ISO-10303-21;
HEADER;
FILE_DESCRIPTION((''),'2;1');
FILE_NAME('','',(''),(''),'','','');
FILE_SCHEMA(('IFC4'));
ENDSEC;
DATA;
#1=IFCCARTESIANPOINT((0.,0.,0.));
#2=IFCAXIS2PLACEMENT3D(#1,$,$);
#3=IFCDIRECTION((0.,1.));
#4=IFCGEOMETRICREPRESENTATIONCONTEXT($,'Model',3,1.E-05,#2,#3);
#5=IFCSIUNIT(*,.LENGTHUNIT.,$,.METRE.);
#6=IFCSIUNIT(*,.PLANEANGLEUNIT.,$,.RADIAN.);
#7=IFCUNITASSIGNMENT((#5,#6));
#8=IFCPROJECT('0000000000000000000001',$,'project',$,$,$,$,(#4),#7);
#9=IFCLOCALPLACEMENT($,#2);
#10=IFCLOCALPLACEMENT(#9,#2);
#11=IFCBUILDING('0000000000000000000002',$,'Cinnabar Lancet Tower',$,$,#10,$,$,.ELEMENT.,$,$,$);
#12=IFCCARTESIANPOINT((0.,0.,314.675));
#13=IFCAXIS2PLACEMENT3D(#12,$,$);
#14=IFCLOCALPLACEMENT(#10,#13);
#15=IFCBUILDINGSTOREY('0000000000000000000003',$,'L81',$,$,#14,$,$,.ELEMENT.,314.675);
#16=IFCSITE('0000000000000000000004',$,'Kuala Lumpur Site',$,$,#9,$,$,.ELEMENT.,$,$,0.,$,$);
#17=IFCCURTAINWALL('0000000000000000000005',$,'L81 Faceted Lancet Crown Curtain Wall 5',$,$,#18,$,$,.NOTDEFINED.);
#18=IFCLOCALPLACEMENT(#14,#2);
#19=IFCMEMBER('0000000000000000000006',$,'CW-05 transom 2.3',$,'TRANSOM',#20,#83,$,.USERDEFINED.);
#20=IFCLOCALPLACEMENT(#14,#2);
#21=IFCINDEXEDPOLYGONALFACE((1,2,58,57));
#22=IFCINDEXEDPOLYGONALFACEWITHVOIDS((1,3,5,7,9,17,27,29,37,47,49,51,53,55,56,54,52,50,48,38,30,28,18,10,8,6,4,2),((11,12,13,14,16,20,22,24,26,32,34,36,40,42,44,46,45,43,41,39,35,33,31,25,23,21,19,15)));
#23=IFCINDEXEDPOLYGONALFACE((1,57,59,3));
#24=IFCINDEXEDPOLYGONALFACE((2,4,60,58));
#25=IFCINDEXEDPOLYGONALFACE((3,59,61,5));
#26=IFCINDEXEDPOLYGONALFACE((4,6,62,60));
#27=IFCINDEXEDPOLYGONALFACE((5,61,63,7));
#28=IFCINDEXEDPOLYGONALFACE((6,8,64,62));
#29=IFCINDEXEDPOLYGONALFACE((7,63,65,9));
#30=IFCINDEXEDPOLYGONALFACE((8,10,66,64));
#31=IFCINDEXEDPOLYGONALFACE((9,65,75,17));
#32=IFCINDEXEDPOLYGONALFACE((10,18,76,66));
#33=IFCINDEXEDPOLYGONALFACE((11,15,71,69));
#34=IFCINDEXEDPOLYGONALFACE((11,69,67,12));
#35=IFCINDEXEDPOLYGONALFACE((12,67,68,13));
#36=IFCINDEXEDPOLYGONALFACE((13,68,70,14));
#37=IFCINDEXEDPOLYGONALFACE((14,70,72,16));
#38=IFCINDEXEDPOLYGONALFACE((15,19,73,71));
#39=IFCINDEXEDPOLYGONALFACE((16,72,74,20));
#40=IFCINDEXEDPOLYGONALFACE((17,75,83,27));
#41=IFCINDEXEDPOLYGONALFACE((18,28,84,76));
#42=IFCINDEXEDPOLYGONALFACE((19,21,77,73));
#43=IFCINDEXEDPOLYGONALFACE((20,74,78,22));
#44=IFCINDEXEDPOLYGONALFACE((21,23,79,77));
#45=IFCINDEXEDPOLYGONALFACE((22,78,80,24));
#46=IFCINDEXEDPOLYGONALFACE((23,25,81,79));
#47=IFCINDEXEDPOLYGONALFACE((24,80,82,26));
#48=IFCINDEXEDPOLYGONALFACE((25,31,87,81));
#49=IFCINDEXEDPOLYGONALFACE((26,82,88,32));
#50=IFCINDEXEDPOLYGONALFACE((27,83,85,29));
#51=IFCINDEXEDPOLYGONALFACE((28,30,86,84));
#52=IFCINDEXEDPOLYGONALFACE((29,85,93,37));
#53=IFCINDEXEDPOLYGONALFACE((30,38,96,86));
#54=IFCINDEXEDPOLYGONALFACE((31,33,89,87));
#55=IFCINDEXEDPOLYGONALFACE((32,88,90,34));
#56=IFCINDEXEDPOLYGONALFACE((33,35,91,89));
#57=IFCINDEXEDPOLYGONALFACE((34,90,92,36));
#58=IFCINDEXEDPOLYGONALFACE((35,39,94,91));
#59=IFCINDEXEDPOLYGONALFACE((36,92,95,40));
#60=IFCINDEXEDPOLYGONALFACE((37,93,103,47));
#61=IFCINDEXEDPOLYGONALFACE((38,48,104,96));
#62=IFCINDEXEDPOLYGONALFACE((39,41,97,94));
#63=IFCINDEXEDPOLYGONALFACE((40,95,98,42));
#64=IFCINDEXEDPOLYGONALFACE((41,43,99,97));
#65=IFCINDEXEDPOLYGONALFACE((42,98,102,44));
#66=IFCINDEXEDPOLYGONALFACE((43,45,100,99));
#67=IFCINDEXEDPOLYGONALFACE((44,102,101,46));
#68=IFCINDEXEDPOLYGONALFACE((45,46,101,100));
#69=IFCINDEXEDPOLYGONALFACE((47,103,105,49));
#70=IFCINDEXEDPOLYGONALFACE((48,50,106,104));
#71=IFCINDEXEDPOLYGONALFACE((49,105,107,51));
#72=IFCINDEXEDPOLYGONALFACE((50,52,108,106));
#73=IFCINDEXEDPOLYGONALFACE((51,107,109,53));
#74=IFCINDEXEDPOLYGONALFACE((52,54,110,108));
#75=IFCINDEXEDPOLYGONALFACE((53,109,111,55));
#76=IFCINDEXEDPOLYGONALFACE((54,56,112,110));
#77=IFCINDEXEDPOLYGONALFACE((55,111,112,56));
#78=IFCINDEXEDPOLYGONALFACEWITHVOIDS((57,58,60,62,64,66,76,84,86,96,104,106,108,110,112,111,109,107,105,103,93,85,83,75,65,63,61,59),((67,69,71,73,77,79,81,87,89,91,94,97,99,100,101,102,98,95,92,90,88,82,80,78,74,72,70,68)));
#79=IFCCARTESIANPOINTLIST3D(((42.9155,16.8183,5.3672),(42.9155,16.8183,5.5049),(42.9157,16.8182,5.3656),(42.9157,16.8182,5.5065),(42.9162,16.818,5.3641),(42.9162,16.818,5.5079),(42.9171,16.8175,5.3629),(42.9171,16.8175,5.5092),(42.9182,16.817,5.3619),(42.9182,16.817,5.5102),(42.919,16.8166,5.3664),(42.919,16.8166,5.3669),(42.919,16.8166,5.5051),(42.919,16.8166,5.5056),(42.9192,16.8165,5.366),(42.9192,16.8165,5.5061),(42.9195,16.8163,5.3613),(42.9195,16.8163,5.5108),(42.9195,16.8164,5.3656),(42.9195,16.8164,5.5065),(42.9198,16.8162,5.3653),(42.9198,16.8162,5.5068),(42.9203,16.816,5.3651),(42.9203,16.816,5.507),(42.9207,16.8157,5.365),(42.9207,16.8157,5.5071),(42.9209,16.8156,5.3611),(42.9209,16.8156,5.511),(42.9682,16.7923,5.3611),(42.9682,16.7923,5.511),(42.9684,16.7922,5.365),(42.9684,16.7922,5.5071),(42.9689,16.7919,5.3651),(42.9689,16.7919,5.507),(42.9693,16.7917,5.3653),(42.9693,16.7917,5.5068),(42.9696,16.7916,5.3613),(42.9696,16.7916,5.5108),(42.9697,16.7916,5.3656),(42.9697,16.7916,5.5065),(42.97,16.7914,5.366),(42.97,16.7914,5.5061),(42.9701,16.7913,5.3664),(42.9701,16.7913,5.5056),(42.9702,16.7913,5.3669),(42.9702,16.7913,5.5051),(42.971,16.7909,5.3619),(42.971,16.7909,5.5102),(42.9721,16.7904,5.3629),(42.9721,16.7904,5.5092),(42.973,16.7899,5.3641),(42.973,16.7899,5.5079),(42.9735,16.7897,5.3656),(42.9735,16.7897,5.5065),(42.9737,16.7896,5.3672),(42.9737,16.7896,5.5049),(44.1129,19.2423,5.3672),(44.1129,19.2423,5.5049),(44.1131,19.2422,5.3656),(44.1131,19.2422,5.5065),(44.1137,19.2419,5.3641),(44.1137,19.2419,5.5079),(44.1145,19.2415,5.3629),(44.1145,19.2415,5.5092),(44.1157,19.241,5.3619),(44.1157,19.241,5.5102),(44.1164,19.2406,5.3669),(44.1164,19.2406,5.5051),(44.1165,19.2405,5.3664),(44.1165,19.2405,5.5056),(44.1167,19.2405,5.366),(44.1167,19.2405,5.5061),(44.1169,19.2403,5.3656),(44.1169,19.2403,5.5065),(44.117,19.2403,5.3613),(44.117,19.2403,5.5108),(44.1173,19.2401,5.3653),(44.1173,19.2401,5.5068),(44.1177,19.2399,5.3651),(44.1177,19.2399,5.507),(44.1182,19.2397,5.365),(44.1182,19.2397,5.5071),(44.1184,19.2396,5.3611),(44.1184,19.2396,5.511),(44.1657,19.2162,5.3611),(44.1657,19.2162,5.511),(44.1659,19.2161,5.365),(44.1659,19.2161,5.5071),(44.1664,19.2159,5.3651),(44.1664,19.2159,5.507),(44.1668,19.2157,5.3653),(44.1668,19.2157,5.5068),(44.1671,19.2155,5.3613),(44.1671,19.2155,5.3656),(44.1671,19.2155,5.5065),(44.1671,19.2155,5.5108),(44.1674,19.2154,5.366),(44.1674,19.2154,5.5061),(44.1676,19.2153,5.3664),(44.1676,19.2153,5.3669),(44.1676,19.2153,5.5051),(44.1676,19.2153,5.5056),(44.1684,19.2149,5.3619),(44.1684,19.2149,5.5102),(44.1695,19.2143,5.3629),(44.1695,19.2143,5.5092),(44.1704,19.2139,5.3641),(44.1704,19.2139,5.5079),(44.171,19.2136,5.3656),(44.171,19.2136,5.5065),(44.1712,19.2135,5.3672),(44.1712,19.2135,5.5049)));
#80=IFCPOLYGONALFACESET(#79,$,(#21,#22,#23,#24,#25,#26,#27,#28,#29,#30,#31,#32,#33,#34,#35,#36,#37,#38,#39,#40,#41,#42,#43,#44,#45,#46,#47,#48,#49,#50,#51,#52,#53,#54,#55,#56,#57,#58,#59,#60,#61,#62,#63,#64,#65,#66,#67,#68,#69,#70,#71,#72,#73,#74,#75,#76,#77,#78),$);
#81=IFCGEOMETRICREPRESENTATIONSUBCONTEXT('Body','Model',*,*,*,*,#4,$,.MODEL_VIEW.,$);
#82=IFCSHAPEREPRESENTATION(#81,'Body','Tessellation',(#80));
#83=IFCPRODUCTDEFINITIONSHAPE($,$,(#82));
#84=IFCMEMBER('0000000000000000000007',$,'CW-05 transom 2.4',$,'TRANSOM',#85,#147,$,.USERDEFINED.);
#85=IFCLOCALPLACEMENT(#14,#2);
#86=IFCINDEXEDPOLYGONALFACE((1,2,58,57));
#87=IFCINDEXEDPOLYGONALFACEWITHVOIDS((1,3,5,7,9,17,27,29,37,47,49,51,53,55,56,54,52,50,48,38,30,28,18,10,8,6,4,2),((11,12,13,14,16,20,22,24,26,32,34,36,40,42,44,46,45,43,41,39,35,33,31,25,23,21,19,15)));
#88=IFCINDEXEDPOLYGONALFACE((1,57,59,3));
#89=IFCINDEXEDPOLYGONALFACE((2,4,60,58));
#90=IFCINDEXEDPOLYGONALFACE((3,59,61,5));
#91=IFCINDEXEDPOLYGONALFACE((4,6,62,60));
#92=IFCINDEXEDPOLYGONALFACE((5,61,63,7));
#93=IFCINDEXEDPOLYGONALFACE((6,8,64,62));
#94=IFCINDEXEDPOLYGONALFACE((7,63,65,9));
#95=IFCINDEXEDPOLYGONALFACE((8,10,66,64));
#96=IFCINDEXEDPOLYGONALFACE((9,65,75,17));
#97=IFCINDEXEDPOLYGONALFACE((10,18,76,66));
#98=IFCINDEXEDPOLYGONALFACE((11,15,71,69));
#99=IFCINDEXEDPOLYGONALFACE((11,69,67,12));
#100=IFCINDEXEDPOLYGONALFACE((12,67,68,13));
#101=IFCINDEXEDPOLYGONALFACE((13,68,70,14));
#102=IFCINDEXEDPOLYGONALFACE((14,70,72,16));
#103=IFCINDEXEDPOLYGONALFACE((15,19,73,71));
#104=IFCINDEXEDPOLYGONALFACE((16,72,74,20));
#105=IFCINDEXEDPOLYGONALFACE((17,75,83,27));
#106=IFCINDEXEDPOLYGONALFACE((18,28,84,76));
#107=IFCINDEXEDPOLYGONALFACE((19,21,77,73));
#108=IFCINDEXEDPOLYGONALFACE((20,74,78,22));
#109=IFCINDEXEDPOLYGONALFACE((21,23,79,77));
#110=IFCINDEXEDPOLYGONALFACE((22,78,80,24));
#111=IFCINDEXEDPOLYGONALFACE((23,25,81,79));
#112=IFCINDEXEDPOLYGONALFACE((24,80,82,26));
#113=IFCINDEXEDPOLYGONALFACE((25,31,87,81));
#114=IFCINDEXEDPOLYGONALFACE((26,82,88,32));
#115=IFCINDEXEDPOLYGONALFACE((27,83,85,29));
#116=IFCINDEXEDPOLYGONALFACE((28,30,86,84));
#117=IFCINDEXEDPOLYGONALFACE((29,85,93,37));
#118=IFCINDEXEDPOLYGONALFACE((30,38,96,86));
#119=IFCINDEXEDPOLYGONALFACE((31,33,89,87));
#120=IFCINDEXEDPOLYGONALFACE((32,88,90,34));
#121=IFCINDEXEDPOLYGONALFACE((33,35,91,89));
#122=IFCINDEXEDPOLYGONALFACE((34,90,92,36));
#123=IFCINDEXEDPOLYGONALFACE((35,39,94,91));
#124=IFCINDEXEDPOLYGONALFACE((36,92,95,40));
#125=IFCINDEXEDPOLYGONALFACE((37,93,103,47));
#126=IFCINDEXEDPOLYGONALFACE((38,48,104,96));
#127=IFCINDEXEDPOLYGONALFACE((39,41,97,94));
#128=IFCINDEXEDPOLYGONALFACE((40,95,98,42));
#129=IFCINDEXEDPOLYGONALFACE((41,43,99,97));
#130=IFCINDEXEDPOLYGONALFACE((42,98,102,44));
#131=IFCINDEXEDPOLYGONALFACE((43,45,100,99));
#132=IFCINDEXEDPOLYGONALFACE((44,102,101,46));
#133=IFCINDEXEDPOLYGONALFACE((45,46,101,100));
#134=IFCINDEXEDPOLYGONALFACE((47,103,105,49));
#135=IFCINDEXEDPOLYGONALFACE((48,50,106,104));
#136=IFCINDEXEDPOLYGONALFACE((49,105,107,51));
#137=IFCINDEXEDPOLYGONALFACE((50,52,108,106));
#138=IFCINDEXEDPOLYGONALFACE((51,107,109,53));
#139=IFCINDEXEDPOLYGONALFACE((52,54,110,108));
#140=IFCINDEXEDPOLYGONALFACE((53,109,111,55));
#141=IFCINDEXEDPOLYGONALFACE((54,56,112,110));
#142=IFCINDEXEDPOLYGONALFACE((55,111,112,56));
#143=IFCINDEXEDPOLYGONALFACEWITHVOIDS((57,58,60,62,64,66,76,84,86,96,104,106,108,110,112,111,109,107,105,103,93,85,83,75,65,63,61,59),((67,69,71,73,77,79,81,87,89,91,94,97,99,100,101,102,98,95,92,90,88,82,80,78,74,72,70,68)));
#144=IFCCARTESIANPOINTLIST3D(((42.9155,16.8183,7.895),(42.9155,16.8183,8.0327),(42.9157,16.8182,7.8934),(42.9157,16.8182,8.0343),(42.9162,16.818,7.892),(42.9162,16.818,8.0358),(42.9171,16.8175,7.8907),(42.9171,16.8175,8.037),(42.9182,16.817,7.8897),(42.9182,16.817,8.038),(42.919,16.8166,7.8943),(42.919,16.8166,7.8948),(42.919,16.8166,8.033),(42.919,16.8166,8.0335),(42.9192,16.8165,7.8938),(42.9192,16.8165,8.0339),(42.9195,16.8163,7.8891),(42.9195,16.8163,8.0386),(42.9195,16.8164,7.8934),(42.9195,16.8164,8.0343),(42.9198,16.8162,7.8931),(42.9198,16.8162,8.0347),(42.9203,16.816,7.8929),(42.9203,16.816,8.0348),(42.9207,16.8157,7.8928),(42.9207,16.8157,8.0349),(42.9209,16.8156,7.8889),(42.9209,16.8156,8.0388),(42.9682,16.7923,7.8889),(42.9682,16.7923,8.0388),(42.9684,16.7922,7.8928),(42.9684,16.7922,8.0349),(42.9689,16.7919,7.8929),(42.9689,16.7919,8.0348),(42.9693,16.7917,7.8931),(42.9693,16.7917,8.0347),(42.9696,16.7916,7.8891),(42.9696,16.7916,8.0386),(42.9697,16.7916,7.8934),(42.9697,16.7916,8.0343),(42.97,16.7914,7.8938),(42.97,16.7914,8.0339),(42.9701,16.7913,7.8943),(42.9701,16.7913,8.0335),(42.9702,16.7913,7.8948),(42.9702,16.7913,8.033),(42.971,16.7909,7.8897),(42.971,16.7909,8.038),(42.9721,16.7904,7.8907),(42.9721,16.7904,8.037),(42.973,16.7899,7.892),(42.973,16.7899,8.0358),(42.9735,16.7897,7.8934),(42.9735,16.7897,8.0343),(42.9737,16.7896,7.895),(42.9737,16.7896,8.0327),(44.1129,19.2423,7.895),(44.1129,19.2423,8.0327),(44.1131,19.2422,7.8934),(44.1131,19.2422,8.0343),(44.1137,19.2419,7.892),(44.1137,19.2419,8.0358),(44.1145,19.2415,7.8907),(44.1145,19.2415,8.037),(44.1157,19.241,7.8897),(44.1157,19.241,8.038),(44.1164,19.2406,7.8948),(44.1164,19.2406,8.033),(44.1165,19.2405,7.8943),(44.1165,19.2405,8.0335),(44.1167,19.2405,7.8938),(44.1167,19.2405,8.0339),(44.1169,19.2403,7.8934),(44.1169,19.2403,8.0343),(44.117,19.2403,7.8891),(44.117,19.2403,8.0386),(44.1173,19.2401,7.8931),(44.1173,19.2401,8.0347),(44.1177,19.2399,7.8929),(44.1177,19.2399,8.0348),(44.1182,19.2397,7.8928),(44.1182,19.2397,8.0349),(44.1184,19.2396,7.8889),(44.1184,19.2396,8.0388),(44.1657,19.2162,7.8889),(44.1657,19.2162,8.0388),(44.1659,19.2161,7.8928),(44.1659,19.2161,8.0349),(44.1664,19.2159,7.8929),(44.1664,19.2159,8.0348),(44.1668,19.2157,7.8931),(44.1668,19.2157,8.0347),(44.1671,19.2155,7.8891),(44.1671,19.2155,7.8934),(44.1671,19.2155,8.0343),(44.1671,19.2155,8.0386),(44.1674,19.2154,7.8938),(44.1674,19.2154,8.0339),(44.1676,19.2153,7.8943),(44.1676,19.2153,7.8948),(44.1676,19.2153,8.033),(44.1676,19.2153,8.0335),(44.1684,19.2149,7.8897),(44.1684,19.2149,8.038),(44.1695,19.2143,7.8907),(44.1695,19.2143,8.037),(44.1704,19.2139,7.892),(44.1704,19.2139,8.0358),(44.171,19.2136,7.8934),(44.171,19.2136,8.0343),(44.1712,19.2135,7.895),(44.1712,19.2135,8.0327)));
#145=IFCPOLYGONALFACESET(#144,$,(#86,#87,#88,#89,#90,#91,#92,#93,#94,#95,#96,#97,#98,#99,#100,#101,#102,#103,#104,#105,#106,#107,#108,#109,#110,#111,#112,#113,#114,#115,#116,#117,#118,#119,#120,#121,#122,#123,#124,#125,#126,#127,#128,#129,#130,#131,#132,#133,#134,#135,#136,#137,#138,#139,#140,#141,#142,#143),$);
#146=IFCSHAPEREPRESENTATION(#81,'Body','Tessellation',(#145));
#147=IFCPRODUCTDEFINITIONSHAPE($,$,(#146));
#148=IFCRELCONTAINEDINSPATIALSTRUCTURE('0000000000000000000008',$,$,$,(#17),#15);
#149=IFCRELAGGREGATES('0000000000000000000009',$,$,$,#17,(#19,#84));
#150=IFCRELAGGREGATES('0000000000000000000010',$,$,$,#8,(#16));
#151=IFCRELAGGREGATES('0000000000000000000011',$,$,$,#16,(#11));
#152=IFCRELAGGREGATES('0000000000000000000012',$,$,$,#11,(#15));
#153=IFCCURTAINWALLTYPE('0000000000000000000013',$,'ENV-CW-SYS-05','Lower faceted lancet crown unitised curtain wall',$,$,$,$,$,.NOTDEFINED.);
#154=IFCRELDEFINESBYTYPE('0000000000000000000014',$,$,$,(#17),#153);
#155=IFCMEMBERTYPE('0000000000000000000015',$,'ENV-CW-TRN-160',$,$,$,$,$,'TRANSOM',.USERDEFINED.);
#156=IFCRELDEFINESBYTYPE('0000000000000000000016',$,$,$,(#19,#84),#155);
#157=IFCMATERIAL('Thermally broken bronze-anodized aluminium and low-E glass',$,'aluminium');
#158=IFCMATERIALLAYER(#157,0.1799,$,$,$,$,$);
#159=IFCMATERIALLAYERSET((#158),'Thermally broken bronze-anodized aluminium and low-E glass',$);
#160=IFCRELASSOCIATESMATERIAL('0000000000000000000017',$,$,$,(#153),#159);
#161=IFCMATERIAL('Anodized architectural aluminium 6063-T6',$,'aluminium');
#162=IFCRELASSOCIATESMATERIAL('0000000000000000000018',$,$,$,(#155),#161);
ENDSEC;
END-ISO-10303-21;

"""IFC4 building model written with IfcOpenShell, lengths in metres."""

from ifc_helpers import new_model, si_unit, direction, frame, origin, origin_2d, place, context, subcontext, project, spatial, hollow_rectangle, extrude, material, layer, layer_set, material_profile, profile_set, type_object, element, aggregate, save


model = new_model("IFC4")

# Units and contexts
model_context = context("Model", 3, precision=1e-05, world=origin(), true_north=direction((0.0, 1.0)))
body_context = subcontext(model_context, "Body", "Model", "MODEL_VIEW")
ifc_project = project(units=[si_unit("LENGTHUNIT", "METRE"), si_unit("PLANEANGLEUNIT", "RADIAN")], contexts=[model_context])

# Site, building, storey
site_placement = place(None, origin())
site = spatial("IfcSite", under=ifc_project, at=site_placement, Name="Kuala Lumpur Site", CompositionType="ELEMENT", RefElevation=0.0)
building_placement = place(site_placement, origin())
building = spatial("IfcBuilding", under=site, at=building_placement, Name="Cinnabar Lancet Tower", CompositionType="ELEMENT")
storey_placement = place(building_placement, frame((0.0, 0.0, 314.675)))
storey = spatial("IfcBuildingStorey", under=building, at=storey_placement, Name="L81", CompositionType="ELEMENT", Elevation=314.675)

# Shared definitions
ifc_material_1 = material(Name="Thermally broken bronze-anodized aluminium and low-E glass", Category="aluminium")
ifc_layer_1 = layer(ifc_material_1, 0.1799)
ifc_layer_set_1 = layer_set([ifc_layer_1], Name="Thermally broken bronze-anodized aluminium and low-E glass")
curtain_wall_type = type_object("IfcCurtainWallType", Name="ENV-CW-SYS-05", Description="Lower faceted lancet crown unitised curtain wall", PredefinedType="NOTDEFINED", material=ifc_layer_set_1)

# Curtain wall, members
curtain_wall_1_placement = place(storey_placement, origin())
curtain_wall_1 = element("IfcCurtainWall", 1, at=curtain_wall_1_placement, inside=storey, type_object=curtain_wall_type, Name="L81 Faceted Lancet Crown Curtain Wall 5", PredefinedType="NOTDEFINED")
ifc_material_2 = material(Name="Anodized architectural aluminium 6063-T6", Category="aluminium")
ifc_material_profile_1 = material_profile(ifc_material_2, hollow_rectangle(XDim=0.0649, YDim=0.1499, WallThickness=0.0039, InnerFilletRadius=0.002, OuterFilletRadius=0.0061, at=origin_2d()), Name="CW-TRN 150x65x4")
ifc_profile_set_1 = profile_set([ifc_material_profile_1], Name="Anodized architectural aluminium 6063-T6")
member_type_1 = type_object("IfcMemberType", Name="ENV-CW-TRN-160", ElementType="TRANSOM", PredefinedType="USERDEFINED", material=ifc_profile_set_1)
member_1_placement = place(storey_placement, frame((42.9446, 16.804, 5.436), z_axis=(0.44291, 0.896566, 0.0), x_axis=(-0.896566, 0.44291, 0.0)))
member_1 = element("IfcMember", 2, at=member_1_placement, type_object=member_type_1, Name="CW-05 transom 2.3", ObjectType="TRANSOM", PredefinedType="USERDEFINED", context=body_context, shape_type="SweptSolid", body=[
    extrude(hollow_rectangle(XDim=0.0649, YDim=0.1499, WallThickness=0.0039, InnerFilletRadius=0.002, OuterFilletRadius=0.0061, at=origin_2d()), origin(), (0.0, 0.0, 1.0), 2.7036),
])
member_2_placement = place(storey_placement, frame((42.9446, 16.804, 7.9639), z_axis=(0.44291, 0.896566, 0.0), x_axis=(-0.896566, 0.44291, 0.0)))
member_2 = element("IfcMember", 3, at=member_2_placement, type_object=member_type_1, Name="CW-05 transom 2.4", ObjectType="TRANSOM", PredefinedType="USERDEFINED", context=body_context, shape_type="SweptSolid", body=[
    extrude(hollow_rectangle(XDim=0.0649, YDim=0.1499, WallThickness=0.0039, InnerFilletRadius=0.002, OuterFilletRadius=0.0061, at=origin_2d()), origin(), (0.0, 0.0, 1.0), 2.7036),
])

aggregate(curtain_wall_1, [member_1, member_2])

save(model, "model.ifc")
